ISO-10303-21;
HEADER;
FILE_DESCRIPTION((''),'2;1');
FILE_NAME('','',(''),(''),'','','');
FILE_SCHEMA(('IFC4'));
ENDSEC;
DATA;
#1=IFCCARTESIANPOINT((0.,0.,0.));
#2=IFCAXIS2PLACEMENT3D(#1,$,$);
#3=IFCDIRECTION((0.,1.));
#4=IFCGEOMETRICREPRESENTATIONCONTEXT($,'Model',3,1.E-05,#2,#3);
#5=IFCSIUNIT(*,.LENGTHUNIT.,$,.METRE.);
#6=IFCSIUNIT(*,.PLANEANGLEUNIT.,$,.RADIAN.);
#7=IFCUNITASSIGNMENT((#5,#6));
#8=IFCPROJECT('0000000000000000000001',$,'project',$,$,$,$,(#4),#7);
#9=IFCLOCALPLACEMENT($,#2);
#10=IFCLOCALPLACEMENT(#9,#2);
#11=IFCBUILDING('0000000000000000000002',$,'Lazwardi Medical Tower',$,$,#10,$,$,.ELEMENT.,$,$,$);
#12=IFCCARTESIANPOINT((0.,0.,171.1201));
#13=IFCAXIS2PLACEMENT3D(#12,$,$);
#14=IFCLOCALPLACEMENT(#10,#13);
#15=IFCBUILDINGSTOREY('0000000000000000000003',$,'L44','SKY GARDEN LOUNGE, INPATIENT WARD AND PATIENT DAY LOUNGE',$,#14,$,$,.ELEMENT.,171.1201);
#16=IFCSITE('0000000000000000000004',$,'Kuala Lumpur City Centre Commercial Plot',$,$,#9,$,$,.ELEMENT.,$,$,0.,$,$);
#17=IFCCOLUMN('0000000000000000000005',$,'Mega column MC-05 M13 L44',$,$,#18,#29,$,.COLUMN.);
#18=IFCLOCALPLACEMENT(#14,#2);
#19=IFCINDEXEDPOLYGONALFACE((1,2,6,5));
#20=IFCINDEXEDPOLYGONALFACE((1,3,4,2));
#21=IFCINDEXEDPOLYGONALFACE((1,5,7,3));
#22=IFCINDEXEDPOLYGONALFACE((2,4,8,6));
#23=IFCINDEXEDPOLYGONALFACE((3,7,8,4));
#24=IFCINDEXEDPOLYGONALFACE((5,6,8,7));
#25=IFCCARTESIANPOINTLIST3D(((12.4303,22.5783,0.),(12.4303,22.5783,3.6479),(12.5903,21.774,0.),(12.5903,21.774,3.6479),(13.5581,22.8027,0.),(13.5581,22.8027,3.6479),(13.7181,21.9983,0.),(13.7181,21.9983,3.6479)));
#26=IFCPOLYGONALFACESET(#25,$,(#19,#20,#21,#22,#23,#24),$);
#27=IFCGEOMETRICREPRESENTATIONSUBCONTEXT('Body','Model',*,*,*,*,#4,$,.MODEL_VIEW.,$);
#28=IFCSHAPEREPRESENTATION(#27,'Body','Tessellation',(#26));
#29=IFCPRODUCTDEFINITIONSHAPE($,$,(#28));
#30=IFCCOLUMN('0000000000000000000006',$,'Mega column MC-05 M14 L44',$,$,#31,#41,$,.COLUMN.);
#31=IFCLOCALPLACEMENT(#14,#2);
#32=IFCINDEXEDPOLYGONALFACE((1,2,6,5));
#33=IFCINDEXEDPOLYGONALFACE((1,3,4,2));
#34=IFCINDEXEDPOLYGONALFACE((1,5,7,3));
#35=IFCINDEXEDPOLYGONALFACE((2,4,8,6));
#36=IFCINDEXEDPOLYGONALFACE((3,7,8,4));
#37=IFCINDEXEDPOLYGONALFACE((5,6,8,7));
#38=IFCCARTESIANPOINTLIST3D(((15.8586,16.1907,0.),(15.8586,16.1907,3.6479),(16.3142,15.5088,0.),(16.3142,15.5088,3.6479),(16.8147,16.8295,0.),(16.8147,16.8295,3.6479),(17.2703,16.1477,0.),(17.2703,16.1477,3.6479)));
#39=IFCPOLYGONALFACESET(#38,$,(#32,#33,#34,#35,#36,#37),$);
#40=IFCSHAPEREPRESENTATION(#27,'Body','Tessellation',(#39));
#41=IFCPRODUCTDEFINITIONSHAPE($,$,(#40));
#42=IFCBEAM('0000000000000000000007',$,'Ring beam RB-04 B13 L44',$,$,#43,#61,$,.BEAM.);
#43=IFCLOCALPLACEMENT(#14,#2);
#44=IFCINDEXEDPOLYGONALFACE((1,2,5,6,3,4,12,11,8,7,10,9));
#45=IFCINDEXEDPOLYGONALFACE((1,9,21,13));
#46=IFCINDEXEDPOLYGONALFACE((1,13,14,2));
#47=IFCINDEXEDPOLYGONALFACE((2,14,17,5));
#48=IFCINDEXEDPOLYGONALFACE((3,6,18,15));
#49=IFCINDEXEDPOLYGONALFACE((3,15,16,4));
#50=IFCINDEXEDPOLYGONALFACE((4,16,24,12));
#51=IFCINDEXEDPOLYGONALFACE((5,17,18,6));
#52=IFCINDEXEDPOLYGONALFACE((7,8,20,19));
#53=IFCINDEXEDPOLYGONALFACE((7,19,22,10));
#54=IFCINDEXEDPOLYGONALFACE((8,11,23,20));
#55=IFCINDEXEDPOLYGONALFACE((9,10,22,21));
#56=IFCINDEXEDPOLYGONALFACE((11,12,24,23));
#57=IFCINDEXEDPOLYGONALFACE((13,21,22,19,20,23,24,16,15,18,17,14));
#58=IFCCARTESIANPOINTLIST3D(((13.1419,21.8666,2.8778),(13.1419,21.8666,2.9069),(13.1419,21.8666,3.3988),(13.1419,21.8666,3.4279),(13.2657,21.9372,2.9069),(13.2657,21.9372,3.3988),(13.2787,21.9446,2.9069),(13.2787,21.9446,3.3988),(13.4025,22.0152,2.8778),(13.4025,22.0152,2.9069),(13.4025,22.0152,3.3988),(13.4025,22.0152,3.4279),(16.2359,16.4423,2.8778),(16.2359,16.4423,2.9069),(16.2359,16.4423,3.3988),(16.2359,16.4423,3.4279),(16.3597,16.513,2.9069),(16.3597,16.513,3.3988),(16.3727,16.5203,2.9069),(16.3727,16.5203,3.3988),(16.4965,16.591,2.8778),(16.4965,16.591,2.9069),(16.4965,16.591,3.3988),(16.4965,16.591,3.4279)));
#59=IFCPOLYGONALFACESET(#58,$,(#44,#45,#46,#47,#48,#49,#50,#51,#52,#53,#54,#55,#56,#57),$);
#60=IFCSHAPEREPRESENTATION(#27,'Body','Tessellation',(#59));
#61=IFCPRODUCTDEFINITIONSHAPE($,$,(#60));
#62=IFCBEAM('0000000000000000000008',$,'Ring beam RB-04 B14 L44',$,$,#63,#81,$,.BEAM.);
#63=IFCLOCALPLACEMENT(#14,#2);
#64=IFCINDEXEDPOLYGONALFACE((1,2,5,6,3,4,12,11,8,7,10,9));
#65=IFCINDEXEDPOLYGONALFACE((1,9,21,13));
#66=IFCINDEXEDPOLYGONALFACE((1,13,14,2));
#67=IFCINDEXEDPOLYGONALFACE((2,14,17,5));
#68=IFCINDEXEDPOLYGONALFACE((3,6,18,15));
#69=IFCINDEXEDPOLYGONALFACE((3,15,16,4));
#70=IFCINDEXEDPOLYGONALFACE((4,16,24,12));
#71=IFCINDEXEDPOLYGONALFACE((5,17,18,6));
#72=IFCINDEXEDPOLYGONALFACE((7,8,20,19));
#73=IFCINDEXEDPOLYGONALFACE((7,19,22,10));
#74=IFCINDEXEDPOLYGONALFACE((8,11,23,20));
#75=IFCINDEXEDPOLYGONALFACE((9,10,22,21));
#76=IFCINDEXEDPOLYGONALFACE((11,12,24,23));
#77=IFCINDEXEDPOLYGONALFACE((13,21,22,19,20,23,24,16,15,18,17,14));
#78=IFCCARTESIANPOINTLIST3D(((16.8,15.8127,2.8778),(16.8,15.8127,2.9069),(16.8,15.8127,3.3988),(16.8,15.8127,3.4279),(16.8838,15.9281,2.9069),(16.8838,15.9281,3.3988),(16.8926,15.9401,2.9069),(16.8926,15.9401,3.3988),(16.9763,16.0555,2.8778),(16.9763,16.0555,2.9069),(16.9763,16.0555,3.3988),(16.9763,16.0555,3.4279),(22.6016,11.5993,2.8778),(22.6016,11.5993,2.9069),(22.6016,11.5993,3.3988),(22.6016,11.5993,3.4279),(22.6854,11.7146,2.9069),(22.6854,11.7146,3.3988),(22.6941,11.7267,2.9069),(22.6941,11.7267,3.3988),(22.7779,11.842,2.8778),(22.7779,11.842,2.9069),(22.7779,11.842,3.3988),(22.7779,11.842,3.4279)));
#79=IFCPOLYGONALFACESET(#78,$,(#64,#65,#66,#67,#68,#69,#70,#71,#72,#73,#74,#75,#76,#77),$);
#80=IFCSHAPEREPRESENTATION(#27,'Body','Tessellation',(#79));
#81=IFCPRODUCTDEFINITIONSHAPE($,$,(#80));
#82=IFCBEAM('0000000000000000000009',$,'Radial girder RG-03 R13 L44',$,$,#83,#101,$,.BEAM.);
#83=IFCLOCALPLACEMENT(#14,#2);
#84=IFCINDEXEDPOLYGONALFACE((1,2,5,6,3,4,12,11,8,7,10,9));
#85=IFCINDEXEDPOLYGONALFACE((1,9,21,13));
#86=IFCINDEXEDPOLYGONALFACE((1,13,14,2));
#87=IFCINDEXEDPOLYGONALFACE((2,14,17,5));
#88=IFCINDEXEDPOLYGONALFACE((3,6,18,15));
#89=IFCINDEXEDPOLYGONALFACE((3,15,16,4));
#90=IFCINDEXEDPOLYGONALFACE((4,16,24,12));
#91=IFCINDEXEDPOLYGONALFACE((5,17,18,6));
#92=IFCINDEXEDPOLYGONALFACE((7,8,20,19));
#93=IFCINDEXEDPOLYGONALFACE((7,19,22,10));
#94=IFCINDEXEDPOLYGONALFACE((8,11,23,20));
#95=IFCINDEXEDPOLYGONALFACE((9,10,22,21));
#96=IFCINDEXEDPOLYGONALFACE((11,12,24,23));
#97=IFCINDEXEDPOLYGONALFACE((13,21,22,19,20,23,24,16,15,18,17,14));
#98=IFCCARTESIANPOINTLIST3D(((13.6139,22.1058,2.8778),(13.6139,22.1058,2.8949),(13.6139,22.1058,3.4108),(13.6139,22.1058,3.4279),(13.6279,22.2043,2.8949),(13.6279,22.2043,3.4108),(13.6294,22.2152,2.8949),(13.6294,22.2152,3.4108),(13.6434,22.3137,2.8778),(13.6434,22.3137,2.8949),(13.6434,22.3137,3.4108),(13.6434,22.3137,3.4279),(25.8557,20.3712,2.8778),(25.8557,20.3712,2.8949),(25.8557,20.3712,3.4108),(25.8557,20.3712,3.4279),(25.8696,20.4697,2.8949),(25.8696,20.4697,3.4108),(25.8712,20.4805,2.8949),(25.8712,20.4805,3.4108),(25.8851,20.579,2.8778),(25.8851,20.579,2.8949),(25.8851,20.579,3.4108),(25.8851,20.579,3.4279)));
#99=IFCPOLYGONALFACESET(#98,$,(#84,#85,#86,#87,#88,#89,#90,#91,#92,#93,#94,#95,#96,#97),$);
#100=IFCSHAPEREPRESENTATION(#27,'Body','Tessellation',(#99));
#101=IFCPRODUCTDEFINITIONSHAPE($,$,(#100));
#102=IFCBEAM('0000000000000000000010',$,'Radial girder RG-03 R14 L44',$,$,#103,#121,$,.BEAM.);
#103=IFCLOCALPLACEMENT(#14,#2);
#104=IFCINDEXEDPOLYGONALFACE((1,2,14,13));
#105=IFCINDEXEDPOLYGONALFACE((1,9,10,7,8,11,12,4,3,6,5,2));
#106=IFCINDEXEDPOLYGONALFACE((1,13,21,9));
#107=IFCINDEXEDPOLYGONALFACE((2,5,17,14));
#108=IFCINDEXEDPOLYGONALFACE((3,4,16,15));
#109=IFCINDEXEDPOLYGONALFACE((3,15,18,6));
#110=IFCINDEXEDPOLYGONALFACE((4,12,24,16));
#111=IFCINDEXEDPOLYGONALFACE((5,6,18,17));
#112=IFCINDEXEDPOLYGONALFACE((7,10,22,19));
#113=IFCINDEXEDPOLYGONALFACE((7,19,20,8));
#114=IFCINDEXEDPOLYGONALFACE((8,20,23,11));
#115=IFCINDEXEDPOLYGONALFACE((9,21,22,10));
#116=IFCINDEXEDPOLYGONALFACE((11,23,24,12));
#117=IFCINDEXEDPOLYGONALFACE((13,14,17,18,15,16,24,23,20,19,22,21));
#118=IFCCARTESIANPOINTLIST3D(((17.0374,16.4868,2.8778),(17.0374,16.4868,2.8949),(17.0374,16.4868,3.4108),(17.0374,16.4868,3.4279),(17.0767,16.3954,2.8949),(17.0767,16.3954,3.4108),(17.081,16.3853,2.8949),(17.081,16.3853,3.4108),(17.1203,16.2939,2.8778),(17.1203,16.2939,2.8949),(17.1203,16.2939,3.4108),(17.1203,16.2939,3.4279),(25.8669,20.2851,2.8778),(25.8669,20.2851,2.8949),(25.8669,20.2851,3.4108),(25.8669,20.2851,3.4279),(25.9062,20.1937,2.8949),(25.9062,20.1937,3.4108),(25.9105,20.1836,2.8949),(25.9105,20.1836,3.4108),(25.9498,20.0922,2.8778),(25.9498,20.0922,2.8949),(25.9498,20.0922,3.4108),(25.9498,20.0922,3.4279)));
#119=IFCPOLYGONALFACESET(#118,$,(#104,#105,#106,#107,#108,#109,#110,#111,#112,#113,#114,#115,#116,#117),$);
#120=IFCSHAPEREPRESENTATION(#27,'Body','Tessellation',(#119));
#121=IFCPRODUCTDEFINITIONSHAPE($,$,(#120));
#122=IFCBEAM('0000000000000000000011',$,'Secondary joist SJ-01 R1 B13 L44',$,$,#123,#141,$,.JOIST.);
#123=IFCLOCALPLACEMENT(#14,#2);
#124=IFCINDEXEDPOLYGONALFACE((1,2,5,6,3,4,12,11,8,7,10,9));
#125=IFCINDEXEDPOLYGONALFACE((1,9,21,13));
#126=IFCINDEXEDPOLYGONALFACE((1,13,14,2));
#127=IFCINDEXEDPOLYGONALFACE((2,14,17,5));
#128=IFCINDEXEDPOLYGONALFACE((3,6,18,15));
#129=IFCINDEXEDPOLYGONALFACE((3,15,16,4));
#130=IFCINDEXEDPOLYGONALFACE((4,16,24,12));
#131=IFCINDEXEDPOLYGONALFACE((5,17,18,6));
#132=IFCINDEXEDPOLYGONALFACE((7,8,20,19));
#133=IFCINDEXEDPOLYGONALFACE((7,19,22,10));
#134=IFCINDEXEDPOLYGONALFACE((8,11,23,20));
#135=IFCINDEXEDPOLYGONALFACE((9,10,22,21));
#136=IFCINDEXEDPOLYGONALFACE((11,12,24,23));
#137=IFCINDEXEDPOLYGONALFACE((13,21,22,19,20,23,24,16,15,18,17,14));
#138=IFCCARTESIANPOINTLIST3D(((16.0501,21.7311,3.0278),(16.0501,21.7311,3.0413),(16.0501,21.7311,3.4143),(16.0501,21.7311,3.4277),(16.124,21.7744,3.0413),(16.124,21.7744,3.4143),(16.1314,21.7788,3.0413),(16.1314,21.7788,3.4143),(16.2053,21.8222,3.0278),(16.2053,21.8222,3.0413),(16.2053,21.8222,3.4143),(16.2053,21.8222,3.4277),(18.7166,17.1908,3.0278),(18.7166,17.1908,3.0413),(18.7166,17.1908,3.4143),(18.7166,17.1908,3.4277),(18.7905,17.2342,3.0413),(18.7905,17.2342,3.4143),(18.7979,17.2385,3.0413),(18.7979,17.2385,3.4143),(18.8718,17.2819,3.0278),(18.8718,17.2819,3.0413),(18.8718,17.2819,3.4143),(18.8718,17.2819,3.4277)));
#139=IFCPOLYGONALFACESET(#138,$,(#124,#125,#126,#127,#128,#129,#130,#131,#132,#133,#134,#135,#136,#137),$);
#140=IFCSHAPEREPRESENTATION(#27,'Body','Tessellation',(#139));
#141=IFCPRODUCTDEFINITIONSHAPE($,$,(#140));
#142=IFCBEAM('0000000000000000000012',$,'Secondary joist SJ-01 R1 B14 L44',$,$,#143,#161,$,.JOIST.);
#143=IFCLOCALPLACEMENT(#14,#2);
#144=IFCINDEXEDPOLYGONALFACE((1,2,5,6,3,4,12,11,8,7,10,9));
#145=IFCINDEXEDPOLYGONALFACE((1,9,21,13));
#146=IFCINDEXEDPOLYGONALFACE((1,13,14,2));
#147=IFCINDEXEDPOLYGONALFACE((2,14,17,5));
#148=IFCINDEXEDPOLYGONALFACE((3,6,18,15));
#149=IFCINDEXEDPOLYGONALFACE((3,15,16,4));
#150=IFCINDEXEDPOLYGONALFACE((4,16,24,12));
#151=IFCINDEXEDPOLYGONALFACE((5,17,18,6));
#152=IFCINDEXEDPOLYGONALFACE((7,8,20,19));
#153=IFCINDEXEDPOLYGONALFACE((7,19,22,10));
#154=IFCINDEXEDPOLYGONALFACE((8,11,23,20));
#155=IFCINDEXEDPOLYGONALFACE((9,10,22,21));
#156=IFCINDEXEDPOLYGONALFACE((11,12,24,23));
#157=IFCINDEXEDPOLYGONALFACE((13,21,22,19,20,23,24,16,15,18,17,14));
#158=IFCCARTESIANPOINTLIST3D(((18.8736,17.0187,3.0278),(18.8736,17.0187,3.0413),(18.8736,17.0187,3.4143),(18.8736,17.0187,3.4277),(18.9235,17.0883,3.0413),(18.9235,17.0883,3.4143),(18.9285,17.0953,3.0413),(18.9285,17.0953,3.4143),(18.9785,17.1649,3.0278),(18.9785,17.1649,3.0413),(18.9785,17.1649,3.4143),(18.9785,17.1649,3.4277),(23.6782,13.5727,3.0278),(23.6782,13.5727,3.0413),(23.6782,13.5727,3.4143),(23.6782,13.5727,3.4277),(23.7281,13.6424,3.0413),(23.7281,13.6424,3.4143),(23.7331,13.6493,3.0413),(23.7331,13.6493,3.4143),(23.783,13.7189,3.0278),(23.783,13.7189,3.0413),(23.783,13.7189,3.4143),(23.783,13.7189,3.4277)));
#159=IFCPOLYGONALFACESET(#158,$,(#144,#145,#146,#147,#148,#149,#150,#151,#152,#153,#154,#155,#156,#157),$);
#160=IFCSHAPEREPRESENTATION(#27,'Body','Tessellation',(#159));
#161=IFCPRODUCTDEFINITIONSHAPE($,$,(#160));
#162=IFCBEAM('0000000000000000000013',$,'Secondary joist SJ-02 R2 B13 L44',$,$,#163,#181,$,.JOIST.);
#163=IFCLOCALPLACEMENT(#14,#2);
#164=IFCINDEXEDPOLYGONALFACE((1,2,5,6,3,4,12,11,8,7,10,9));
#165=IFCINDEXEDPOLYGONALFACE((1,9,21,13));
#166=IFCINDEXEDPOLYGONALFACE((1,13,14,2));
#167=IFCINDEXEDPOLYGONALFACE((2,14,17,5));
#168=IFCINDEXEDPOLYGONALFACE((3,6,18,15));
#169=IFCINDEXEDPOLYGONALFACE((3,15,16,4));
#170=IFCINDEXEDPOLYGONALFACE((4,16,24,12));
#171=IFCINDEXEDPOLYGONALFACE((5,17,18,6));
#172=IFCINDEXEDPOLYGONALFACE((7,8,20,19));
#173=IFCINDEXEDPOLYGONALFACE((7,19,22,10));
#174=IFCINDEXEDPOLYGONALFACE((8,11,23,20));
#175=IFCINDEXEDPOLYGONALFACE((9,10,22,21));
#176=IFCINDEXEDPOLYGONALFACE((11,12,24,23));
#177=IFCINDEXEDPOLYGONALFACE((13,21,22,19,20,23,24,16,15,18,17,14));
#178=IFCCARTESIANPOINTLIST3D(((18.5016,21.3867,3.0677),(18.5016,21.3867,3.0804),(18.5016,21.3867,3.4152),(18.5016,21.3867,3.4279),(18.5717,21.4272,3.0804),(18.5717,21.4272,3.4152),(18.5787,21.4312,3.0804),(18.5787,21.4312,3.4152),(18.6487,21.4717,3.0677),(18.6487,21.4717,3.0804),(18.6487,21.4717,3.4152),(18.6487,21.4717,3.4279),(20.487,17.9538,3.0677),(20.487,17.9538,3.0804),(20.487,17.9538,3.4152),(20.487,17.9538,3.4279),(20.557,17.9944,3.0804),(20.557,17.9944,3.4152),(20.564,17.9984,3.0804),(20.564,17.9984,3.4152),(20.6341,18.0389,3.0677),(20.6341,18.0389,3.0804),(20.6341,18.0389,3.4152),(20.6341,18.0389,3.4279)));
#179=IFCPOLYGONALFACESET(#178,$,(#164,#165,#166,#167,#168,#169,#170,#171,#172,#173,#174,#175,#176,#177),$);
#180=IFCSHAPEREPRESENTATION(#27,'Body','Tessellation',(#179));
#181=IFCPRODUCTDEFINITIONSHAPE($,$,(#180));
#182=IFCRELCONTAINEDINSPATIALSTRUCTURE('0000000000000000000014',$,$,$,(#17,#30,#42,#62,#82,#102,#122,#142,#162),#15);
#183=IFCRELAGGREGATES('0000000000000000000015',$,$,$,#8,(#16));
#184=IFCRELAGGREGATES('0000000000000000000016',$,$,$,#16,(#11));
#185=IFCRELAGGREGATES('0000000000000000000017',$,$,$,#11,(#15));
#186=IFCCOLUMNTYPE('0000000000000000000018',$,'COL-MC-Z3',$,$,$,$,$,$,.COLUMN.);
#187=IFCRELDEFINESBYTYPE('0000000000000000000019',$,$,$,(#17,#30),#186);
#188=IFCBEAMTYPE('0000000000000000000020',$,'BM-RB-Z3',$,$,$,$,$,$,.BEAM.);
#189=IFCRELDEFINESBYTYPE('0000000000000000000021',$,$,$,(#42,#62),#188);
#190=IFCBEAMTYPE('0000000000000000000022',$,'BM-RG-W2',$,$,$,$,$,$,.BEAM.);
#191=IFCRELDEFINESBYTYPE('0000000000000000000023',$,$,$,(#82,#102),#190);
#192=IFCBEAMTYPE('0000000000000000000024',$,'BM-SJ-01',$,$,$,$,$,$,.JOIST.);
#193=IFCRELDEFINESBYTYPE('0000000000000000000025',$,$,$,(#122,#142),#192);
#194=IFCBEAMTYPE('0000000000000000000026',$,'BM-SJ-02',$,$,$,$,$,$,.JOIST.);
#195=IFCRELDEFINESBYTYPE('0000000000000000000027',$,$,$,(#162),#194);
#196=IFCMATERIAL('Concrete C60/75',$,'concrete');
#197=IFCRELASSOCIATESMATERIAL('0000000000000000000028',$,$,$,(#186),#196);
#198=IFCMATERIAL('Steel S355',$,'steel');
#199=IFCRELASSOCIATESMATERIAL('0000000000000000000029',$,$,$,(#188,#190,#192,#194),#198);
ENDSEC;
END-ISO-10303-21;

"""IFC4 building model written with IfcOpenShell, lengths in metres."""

from ifc_helpers import new_model, si_unit, direction, frame, origin, origin_2d, place, context, subcontext, project, spatial, rectangle, i_section, extrude, material, material_profile, profile_set, type_object, element, save


model = new_model("IFC4")

# Units and contexts
model_context = context("Model", 3, precision=1e-05, world=origin(), true_north=direction((0.0, 1.0)))
body_context = subcontext(model_context, "Body", "Model", "MODEL_VIEW")
ifc_project = project(units=[si_unit("LENGTHUNIT", "METRE"), si_unit("PLANEANGLEUNIT", "RADIAN")], contexts=[model_context])

# Site, building, storey
site_placement = place(None, origin())
site = spatial("IfcSite", under=ifc_project, at=site_placement, Name="Kuala Lumpur City Centre Commercial Plot", CompositionType="ELEMENT", RefElevation=0.0)
building_placement = place(site_placement, origin())
building = spatial("IfcBuilding", under=site, at=building_placement, Name="Lazwardi Medical Tower", CompositionType="ELEMENT")
storey_placement = place(building_placement, frame((0.0, 0.0, 171.1201)))
storey = spatial("IfcBuildingStorey", under=building, at=storey_placement, Name="L44", Description="SKY GARDEN LOUNGE, INPATIENT WARD AND PATIENT DAY LOUNGE", CompositionType="ELEMENT", Elevation=171.1201)

# Columns
ifc_material_1 = material(Name="Concrete C60/75", Category="concrete")
ifc_material_profile_1 = material_profile(ifc_material_1, rectangle(XDim=1.1499, YDim=0.8201, at=origin_2d()), Name="CFT-RECT 1150x820")
ifc_profile_set_1 = profile_set([ifc_material_profile_1], Name="Concrete C60/75")
column_type = type_object("IfcColumnType", Name="COL-MC-Z3", PredefinedType="COLUMN", material=ifc_profile_set_1)
for number, where, z_axis, x_axis, name in (
    (1, (13.0742, 22.2883, 0.0), (0.0, 0.0, 1.0), (-0.980785, -0.19509, 0.0), "Mega column MC-05 M13 L44"),
    (2, (16.5645, 16.1692, 0.0), (0.0, 0.0, 1.0), (-0.83147, -0.55557, 0.0), "Mega column MC-05 M14 L44"),
):
    element("IfcColumn", number, at=place(storey_placement, frame(where, z_axis=z_axis, x_axis=x_axis)), inside=storey, type_object=column_type, Name=name, PredefinedType="COLUMN", context=body_context, shape_type="SweptSolid", body=[
        extrude(rectangle(XDim=1.1499, YDim=0.8201, at=origin_2d()), origin(), (0.0, 0.0, 1.0), 3.6479),
    ])

# Beams
ifc_material_2 = material(Name="Steel S355", Category="steel")
ifc_material_profile_2 = material_profile(ifc_material_2, i_section(OverallWidth=0.3, OverallDepth=0.55, WebThickness=0.0149, FlangeThickness=0.0291, at=origin_2d()), Name="HEB 550")
ifc_profile_set_2 = profile_set([ifc_material_profile_2], Name="Steel S355")
beam_type_1 = type_object("IfcBeamType", Name="BM-RB-Z3", PredefinedType="BEAM", material=ifc_profile_set_2)
beam_1_placement = place(storey_placement, frame((13.2722, 21.9409, 3.1528), z_axis=(0.495461, -0.86863, 0.0), x_axis=(0.86863, 0.495461, 0.0)))
element("IfcBeam", 3, at=beam_1_placement, inside=storey, type_object=beam_type_1, Name="Ring beam RB-04 B13 L44", PredefinedType="BEAM", context=body_context, shape_type="SweptSolid", body=[
    extrude(i_section(OverallWidth=0.3, OverallDepth=0.55, WebThickness=0.0149, FlangeThickness=0.0291, at=origin_2d()), origin(), (0.0, 0.0, 1.0), 6.2446),
])
beam_2_placement = place(storey_placement, frame((16.8882, 15.9341, 3.1528), z_axis=(0.809128, -0.587633, 0.0), x_axis=(0.587633, 0.809128, 0.0)))
element("IfcBeam", 4, at=beam_2_placement, inside=storey, type_object=beam_type_1, Name="Ring beam RB-04 B14 L44", PredefinedType="BEAM", context=body_context, shape_type="SweptSolid", body=[
    extrude(i_section(OverallWidth=0.3, OverallDepth=0.55, WebThickness=0.0149, FlangeThickness=0.0291, at=origin_2d()), origin(), (0.0, 0.0, 1.0), 7.1702),
])
ifc_material_profile_3 = material_profile(ifc_material_2, i_section(OverallWidth=0.21, OverallDepth=0.55, WebThickness=0.011, FlangeThickness=0.0171, at=origin_2d()), Name="IPE 550")
ifc_profile_set_3 = profile_set([ifc_material_profile_3], Name="Steel S355")
beam_type_2 = type_object("IfcBeamType", Name="BM-RG-W2", PredefinedType="BEAM", material=ifc_profile_set_3)
beam_3_placement = place(storey_placement, frame((13.6287, 22.2097, 3.1528), z_axis=(0.99011, -0.140296, 0.0), x_axis=(0.140296, 0.99011, 0.0)))
element("IfcBeam", 5, at=beam_3_placement, inside=storey, type_object=beam_type_2, Name="Radial girder RG-03 R13 L44", PredefinedType="BEAM", context=body_context, shape_type="SweptSolid", body=[
    extrude(i_section(OverallWidth=0.21, OverallDepth=0.55, WebThickness=0.011, FlangeThickness=0.0171, at=origin_2d()), origin(), (0.0, 0.0, 1.0), 12.364),
])
beam_4_placement = place(storey_placement, frame((17.0789, 16.3904, 3.1528), z_axis=(0.918608, 0.39517, 0.0), x_axis=(-0.39517, 0.918608, 0.0)))
element("IfcBeam", 6, at=beam_4_placement, inside=storey, type_object=beam_type_2, Name="Radial girder RG-03 R14 L44", PredefinedType="BEAM", context=body_context, shape_type="SweptSolid", body=[
    extrude(i_section(OverallWidth=0.21, OverallDepth=0.55, WebThickness=0.011, FlangeThickness=0.0171, at=origin_2d()), origin(), (0.0, 0.0, 1.0), 9.6118),
])
ifc_material_profile_4 = material_profile(ifc_material_2, i_section(OverallWidth=0.1799, OverallDepth=0.3999, WebThickness=0.0085, FlangeThickness=0.0134, at=origin_2d()), Name="IPE 400")
ifc_profile_set_4 = profile_set([ifc_material_profile_4], Name="Steel S355")
beam_type_3 = type_object("IfcBeamType", Name="BM-SJ-01", PredefinedType="JOIST", material=ifc_profile_set_4)
beam_5_placement = place(storey_placement, frame((16.1277, 21.7766, 3.2278), z_axis=(0.50642, -0.862287, 0.0), x_axis=(0.862287, 0.50642, 0.0)))
element("IfcBeam", 7, at=beam_5_placement, inside=storey, type_object=beam_type_3, Name="Secondary joist SJ-01 R1 B13 L44", PredefinedType="JOIST", context=body_context, shape_type="SweptSolid", body=[
    extrude(i_section(OverallWidth=0.1799, OverallDepth=0.3999, WebThickness=0.0085, FlangeThickness=0.0134, at=origin_2d()), origin(), (0.0, 0.0, 1.0), 5.2654),
])
beam_6_placement = place(storey_placement, frame((18.926, 17.0918, 3.2278), z_axis=(0.812602, -0.582819, 0.0), x_axis=(0.582819, 0.812602, 0.0)))
element("IfcBeam", 8, at=beam_6_placement, inside=storey, type_object=beam_type_3, Name="Secondary joist SJ-01 R1 B14 L44", PredefinedType="JOIST", context=body_context, shape_type="SweptSolid", body=[
    extrude(i_section(OverallWidth=0.1799, OverallDepth=0.3999, WebThickness=0.0085, FlangeThickness=0.0134, at=origin_2d()), origin(), (0.0, 0.0, 1.0), 5.9126),
])
ifc_material_profile_5 = material_profile(ifc_material_2, i_section(OverallWidth=0.1699, OverallDepth=0.3601, WebThickness=0.0081, FlangeThickness=0.0127, at=origin_2d()), Name="IPE 360")
ifc_profile_set_5 = profile_set([ifc_material_profile_5], Name="Steel S355")
beam_type_4 = type_object("IfcBeamType", Name="BM-SJ-02", PredefinedType="JOIST", material=ifc_profile_set_5)
beam_7_placement = place(storey_placement, frame((18.5752, 21.4292, 3.2478), z_axis=(0.500641, -0.865655, 0.0), x_axis=(0.865655, 0.500641, 0.0)))
element("IfcBeam", 9, at=beam_7_placement, inside=storey, type_object=beam_type_4, Name="Secondary joist SJ-02 R2 B13 L44", PredefinedType="JOIST", context=body_context, shape_type="SweptSolid", body=[
    extrude(i_section(OverallWidth=0.1699, OverallDepth=0.3601, WebThickness=0.0081, FlangeThickness=0.0127, at=origin_2d()), origin(), (0.0, 0.0, 1.0), 3.9656),
])

save(model, "model.ifc")
